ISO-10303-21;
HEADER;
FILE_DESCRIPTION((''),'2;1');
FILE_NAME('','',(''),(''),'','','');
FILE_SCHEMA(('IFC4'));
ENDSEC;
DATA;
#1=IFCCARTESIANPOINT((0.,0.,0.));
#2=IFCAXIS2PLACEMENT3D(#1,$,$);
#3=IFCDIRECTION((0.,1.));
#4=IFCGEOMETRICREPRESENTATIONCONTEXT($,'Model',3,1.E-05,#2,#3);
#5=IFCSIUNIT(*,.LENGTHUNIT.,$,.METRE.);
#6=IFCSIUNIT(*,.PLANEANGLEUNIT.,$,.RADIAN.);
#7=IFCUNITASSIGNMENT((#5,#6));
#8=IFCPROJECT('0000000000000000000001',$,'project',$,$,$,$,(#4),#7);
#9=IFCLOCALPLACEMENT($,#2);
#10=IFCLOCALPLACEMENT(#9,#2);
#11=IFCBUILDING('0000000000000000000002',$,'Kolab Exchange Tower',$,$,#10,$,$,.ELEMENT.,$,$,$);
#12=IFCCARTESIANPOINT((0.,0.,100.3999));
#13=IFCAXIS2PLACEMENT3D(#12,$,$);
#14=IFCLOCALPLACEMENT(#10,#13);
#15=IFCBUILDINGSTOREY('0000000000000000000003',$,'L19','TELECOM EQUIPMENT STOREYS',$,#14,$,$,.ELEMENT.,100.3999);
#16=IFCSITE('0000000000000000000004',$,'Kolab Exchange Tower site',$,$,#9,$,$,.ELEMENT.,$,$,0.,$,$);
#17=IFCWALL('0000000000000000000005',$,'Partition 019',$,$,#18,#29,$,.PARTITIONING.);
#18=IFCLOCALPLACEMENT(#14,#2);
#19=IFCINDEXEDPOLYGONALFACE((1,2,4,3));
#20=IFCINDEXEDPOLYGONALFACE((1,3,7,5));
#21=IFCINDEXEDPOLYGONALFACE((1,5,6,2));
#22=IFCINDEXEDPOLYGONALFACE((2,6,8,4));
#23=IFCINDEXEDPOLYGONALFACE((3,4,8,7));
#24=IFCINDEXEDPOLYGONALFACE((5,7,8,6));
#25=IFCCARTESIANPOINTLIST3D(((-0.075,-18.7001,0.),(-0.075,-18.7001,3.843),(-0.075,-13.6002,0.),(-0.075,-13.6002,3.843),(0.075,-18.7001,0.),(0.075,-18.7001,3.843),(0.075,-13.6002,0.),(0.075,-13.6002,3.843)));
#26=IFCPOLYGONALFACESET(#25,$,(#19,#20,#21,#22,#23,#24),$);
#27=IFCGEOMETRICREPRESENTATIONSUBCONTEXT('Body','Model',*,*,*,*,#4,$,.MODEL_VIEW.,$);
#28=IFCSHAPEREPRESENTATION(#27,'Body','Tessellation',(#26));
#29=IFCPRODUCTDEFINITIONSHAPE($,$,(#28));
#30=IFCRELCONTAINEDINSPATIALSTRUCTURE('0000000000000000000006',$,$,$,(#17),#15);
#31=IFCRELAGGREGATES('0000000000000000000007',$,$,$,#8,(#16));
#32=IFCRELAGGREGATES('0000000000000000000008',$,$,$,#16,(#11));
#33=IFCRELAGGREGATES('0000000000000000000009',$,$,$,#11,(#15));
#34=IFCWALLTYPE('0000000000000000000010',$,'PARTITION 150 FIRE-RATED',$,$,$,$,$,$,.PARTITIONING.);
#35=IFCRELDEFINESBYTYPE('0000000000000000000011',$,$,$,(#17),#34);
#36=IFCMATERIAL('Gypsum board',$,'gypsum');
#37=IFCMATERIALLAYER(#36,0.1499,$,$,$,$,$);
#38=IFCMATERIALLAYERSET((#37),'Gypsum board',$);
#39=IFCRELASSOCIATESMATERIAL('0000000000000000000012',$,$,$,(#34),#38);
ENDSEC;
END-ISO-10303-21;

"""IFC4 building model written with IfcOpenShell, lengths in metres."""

from ifc_helpers import new_model, si_unit, direction, frame, frame_2d, origin, place, context, subcontext, project, spatial, rectangle, extrude, material, layer, layer_set, type_object, element, save


model = new_model("IFC4")

# Units and contexts
model_context = context("Model", 3, precision=1e-05, world=origin(), true_north=direction((0.0, 1.0)))
body_context = subcontext(model_context, "Body", "Model", "MODEL_VIEW")
ifc_project = project(units=[si_unit("LENGTHUNIT", "METRE"), si_unit("PLANEANGLEUNIT", "RADIAN")], contexts=[model_context])

# Site, building, storey
site_placement = place(None, origin())
site = spatial("IfcSite", under=ifc_project, at=site_placement, Name="Kolab Exchange Tower site", CompositionType="ELEMENT", RefElevation=0.0)
building_placement = place(site_placement, origin())
building = spatial("IfcBuilding", under=site, at=building_placement, Name="Kolab Exchange Tower", CompositionType="ELEMENT")
storey_placement = place(building_placement, frame((0.0, 0.0, 100.3999)))
storey = spatial("IfcBuildingStorey", under=building, at=storey_placement, Name="L19", Description="TELECOM EQUIPMENT STOREYS", CompositionType="ELEMENT", Elevation=100.3999)

# Wall
ifc_material_1 = material(Name="Gypsum board", Category="gypsum")
ifc_layer_1 = layer(ifc_material_1, 0.1499)
ifc_layer_set_1 = layer_set([ifc_layer_1], Name="Gypsum board")
wall_type_1 = type_object("IfcWallType", Name="PARTITION 150 FIRE-RATED", PredefinedType="PARTITIONING", material=ifc_layer_set_1)
wall_1_placement = place(storey_placement, frame((0.0, -18.7, 0.0), z_axis=(0.0, 0.0, 1.0), x_axis=(0.0, 1.0, 0.0)))
element("IfcWall", 1, at=wall_1_placement, inside=storey, type_object=wall_type_1, Name="Partition 019", PredefinedType="PARTITIONING", context=body_context, shape_type="SweptSolid", body=[
    extrude(rectangle(XDim=5.0999, YDim=0.1499, at=frame_2d((2.5498, 0.0))), origin(), (0.0, 0.0, 1.0), 3.843),
])

save(model, "model.ifc")
